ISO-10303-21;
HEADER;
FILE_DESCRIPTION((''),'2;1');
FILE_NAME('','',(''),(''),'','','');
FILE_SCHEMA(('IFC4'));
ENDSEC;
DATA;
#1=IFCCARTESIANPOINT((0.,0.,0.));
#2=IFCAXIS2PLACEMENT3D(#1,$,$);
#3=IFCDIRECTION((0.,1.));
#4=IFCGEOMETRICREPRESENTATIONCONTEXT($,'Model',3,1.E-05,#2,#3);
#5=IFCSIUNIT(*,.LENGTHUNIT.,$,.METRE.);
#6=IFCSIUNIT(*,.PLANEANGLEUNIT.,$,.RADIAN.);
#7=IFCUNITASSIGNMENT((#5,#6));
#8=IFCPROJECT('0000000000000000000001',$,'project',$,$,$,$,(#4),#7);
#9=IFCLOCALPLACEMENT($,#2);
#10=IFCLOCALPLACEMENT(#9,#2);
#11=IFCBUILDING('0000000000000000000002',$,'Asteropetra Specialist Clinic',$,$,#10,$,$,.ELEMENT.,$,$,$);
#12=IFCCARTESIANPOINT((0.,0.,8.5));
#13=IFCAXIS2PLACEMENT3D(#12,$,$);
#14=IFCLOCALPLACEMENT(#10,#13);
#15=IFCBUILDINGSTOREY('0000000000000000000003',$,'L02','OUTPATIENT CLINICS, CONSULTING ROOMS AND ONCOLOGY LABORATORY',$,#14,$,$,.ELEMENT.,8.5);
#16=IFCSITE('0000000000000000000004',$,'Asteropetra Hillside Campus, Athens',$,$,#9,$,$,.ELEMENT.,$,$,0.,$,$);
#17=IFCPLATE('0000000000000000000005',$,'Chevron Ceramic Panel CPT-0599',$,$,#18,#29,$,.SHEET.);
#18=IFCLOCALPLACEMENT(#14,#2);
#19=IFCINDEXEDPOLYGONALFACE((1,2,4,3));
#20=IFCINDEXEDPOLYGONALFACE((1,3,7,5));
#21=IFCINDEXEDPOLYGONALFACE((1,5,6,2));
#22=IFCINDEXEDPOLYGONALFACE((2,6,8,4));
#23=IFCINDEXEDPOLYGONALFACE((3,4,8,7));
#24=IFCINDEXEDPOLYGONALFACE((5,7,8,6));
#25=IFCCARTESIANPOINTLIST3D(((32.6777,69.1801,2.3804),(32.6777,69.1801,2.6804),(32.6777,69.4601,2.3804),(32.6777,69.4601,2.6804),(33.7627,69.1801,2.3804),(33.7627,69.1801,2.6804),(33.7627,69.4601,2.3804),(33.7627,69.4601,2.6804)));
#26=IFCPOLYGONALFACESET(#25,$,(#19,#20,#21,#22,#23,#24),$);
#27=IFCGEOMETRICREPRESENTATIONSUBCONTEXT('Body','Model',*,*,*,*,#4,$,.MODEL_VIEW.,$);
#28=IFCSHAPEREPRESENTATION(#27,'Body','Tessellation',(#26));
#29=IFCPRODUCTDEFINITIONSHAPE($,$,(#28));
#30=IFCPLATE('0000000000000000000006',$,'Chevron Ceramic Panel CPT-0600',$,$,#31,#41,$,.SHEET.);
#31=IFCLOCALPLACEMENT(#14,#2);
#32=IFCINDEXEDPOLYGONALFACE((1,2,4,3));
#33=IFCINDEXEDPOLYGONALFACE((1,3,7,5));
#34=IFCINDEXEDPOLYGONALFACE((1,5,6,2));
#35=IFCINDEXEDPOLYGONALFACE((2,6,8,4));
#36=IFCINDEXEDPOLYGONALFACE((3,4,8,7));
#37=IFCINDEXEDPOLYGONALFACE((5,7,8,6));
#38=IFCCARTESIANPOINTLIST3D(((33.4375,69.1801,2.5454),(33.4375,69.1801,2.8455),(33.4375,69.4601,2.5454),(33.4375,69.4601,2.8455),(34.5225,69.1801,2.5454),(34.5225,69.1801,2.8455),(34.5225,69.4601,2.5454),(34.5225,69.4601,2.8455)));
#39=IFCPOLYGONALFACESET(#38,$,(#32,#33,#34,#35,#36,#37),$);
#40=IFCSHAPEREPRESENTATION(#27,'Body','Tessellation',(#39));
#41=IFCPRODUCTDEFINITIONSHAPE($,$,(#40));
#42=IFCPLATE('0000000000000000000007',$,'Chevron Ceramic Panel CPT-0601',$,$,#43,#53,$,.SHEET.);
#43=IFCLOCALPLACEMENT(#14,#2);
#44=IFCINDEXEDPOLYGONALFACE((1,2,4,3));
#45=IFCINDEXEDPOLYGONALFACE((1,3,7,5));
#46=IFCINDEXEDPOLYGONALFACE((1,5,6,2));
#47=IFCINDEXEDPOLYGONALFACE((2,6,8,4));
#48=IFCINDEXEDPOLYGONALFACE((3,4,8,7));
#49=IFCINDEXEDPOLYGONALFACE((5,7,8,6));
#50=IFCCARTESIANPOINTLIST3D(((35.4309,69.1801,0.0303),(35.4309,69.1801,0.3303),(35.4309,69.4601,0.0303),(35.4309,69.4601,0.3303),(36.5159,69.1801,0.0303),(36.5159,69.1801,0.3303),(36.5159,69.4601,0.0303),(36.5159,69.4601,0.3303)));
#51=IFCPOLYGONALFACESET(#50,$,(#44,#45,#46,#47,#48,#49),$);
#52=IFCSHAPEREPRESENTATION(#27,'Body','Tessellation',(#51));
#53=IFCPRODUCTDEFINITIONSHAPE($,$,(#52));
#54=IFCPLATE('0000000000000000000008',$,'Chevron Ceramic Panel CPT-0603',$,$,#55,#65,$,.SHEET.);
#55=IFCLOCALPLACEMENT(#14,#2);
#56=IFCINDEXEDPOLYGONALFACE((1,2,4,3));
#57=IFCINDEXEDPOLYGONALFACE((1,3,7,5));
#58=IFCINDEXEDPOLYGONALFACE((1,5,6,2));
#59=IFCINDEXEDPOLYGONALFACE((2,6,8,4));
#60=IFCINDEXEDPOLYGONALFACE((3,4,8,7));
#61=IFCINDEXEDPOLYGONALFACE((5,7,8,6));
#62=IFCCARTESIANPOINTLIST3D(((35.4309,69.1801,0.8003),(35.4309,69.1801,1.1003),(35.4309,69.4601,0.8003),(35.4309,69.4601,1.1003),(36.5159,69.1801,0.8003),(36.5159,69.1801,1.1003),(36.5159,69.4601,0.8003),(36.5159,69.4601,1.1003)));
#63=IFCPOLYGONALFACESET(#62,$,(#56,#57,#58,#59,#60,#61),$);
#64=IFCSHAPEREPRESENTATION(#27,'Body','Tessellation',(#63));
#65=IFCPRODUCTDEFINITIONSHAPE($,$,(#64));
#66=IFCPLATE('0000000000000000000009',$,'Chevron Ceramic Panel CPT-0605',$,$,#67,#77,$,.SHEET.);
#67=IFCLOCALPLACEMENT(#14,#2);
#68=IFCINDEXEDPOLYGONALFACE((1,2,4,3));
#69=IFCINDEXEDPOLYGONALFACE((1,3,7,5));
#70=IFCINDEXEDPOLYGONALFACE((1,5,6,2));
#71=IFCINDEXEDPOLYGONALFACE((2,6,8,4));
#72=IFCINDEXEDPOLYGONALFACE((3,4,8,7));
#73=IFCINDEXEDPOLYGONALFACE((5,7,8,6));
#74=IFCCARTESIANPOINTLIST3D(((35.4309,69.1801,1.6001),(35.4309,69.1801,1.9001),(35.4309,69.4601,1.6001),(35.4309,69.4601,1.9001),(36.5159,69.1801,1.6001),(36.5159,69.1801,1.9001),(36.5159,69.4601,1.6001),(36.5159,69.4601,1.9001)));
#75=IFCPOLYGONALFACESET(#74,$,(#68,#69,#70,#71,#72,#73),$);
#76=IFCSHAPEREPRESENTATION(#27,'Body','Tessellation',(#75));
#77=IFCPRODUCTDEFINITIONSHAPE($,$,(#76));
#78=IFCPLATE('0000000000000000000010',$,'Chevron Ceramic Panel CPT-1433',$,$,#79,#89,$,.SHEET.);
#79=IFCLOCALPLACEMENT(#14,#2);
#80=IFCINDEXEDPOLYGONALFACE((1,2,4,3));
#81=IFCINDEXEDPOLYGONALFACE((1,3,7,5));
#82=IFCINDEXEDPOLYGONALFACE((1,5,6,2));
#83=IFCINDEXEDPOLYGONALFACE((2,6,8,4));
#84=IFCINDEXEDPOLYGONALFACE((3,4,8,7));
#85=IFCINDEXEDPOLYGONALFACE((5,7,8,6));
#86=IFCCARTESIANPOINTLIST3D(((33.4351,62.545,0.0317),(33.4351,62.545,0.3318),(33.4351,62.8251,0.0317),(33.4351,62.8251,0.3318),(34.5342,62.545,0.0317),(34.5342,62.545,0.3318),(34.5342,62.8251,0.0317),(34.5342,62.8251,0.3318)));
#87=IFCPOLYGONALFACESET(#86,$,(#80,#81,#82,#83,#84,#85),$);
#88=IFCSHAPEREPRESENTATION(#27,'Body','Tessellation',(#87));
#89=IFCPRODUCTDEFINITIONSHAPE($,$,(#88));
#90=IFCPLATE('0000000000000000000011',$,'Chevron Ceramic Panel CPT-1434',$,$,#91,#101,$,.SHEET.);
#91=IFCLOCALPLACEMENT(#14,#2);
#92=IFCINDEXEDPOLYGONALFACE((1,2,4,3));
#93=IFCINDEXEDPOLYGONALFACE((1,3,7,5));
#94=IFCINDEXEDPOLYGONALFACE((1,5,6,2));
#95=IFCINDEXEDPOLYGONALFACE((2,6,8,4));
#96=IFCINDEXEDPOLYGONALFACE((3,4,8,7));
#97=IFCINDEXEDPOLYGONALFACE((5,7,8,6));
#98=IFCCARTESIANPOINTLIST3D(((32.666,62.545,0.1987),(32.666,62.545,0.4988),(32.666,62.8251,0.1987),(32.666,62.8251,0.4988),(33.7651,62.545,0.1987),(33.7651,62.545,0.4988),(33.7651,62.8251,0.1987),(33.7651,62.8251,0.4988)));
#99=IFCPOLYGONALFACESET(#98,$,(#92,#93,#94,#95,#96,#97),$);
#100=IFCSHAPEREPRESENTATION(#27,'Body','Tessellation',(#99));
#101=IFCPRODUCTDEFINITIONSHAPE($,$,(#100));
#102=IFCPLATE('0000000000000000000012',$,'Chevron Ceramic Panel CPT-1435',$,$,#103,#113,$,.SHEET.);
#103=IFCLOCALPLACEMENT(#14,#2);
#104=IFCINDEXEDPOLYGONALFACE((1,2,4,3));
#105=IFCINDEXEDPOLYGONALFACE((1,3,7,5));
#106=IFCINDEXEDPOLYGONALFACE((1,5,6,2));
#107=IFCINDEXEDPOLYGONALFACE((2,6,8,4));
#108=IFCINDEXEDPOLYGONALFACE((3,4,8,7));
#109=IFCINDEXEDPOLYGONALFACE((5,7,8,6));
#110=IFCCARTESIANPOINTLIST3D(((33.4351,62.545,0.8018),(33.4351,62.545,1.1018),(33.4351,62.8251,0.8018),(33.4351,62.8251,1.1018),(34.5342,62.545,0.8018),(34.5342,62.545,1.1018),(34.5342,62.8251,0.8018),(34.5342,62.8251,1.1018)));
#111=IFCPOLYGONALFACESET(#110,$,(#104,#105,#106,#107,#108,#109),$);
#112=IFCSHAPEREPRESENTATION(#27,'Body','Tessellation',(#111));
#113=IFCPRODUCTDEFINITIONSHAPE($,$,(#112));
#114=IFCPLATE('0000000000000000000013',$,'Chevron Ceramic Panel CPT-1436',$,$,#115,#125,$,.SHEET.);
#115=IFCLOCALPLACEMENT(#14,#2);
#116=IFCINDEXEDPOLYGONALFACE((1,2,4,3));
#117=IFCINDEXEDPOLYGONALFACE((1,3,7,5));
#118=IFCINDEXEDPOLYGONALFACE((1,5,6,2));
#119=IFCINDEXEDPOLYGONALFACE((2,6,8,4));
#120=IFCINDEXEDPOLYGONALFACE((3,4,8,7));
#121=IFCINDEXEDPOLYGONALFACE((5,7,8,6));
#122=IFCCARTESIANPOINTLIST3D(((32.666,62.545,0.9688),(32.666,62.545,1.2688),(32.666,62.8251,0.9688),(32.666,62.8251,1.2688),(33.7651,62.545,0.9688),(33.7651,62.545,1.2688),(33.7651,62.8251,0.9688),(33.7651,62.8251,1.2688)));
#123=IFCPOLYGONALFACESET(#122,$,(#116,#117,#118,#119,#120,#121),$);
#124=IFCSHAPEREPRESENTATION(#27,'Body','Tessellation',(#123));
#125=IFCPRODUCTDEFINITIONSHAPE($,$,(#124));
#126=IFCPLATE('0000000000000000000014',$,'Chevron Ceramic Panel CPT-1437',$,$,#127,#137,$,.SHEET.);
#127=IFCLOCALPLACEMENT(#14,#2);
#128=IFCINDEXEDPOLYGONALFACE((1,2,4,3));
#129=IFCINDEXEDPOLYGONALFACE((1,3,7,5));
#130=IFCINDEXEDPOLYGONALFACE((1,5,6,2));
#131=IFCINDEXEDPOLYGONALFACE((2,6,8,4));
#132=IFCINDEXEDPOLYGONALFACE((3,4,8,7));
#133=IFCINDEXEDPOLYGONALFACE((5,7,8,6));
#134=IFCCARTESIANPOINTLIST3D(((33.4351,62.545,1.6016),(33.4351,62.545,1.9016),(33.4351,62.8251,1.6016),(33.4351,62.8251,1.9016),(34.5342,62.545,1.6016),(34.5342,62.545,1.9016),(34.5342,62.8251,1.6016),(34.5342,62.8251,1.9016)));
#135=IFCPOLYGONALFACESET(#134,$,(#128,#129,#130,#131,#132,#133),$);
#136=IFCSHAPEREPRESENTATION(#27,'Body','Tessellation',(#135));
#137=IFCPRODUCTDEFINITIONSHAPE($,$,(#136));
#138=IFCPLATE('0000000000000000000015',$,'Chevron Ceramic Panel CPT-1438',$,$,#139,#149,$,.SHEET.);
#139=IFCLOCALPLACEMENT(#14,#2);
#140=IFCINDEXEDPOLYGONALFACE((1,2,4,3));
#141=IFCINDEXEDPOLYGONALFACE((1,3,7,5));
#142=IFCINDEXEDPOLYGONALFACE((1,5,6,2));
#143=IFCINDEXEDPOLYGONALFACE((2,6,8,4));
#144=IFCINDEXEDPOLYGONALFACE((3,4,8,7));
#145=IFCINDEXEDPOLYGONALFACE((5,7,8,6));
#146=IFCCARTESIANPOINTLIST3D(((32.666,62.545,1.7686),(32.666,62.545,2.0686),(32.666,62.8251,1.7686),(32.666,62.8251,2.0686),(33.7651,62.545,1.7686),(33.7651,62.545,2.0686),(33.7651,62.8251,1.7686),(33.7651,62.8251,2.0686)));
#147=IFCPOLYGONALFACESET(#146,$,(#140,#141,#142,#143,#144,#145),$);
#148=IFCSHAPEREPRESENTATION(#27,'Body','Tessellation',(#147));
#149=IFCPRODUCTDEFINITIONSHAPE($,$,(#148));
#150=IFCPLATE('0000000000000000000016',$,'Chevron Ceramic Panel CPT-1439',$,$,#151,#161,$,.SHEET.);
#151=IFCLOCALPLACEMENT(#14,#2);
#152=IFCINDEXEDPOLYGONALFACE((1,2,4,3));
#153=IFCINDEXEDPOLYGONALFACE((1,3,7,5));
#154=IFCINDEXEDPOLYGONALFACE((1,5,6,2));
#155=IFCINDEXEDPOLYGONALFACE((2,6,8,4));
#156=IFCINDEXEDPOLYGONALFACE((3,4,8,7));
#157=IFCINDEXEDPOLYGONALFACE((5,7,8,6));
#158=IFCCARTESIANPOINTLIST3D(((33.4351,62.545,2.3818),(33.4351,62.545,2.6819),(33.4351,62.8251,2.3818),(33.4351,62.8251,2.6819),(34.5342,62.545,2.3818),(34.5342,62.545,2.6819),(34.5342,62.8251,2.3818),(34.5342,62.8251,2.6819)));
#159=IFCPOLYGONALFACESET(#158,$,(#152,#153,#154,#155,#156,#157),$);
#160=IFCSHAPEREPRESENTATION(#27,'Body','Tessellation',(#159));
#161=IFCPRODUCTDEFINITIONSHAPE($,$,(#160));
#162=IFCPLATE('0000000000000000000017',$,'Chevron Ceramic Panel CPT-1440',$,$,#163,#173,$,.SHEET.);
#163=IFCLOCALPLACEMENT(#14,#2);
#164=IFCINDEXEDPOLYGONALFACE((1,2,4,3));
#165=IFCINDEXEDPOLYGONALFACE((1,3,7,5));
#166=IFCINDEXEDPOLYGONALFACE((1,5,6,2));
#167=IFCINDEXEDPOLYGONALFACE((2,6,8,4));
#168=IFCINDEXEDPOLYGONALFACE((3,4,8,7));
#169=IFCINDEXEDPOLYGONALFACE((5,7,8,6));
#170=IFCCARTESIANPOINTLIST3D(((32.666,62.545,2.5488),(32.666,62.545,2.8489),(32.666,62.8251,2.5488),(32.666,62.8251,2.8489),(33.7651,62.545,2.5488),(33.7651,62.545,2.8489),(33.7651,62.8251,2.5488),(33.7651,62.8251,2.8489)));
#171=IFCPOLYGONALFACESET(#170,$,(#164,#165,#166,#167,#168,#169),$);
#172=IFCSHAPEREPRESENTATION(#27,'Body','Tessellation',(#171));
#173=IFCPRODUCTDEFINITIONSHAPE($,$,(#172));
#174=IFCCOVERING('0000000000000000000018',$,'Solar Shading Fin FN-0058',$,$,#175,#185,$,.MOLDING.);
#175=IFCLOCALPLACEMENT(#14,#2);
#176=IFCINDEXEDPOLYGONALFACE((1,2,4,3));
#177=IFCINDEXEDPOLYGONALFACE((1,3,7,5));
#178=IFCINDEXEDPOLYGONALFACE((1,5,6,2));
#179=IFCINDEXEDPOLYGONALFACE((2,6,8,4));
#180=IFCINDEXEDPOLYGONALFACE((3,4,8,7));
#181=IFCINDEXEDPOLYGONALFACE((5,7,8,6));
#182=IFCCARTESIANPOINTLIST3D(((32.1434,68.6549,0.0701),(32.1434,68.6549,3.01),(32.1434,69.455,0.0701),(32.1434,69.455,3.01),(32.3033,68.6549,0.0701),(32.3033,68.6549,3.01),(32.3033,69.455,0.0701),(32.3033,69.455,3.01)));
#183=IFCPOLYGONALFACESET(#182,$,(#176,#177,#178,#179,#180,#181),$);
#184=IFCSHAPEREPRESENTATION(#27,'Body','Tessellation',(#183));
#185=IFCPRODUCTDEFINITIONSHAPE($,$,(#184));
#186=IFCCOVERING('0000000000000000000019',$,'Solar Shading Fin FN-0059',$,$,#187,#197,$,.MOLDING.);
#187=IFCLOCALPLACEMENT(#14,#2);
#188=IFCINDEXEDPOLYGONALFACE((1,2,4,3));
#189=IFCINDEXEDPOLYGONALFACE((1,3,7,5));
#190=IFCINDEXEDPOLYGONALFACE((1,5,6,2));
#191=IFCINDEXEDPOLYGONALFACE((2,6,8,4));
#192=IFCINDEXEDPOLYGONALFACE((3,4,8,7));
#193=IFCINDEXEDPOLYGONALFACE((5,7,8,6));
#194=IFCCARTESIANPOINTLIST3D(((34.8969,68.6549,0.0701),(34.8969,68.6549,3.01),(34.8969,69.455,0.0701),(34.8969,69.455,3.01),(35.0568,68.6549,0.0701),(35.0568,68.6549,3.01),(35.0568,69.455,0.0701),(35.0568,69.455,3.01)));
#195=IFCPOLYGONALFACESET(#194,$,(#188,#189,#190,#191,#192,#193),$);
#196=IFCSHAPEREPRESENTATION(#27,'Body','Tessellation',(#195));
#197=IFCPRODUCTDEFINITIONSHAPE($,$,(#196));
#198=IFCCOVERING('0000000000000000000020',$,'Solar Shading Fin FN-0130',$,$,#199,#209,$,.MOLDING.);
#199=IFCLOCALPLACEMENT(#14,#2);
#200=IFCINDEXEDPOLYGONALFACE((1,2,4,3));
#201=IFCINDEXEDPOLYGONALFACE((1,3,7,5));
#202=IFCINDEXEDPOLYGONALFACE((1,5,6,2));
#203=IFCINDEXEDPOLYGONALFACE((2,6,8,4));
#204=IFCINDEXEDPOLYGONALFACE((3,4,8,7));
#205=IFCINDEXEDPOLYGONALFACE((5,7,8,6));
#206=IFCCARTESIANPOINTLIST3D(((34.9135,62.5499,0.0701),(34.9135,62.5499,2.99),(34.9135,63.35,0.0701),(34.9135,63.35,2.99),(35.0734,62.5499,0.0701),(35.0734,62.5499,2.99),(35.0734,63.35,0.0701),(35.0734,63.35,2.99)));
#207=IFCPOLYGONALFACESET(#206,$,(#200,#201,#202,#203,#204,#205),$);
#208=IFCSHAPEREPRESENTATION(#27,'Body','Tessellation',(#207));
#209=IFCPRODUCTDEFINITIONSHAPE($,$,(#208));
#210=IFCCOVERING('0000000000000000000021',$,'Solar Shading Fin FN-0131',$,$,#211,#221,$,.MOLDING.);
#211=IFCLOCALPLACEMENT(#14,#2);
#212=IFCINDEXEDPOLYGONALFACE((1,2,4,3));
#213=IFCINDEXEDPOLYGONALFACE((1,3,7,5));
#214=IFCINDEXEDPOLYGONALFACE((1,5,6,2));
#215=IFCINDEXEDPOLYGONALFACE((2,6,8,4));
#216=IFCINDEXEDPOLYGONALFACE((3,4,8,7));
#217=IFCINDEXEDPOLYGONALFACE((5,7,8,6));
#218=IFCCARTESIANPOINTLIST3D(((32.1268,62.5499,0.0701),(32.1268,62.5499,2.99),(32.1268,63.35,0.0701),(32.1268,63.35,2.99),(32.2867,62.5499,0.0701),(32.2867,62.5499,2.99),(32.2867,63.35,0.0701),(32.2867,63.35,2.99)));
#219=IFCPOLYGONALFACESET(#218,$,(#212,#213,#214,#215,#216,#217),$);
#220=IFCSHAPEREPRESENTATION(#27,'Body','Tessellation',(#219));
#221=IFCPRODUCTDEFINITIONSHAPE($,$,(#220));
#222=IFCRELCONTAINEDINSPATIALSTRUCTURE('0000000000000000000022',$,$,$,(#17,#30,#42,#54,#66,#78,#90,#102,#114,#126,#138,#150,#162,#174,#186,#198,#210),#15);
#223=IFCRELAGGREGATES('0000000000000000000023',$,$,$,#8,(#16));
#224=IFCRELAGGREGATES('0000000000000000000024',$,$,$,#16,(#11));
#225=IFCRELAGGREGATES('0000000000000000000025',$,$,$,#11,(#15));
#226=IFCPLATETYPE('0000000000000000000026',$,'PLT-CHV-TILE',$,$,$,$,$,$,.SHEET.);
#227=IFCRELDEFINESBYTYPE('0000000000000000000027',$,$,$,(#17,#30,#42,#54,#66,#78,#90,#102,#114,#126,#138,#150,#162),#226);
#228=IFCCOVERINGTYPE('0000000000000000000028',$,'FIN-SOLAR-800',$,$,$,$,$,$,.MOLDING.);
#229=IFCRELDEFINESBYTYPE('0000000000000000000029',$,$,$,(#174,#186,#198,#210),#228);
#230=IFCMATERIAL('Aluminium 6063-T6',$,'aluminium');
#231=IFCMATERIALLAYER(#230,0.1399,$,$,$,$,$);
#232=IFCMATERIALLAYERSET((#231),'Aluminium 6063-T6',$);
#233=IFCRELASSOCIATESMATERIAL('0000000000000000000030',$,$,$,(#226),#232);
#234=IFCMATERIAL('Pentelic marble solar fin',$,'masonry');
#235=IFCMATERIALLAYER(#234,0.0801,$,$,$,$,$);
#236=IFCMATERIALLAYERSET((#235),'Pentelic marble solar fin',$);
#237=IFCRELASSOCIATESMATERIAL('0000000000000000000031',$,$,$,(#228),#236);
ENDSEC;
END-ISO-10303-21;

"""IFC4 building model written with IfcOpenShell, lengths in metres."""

from ifc_helpers import new_model, si_unit, direction, frame, origin, origin_2d, place, context, subcontext, project, spatial, rectangle, extrude, material, layer, layer_set, type_object, element, save


model = new_model("IFC4")

# Units and contexts
model_context = context("Model", 3, precision=1e-05, world=origin(), true_north=direction((0.0, 1.0)))
body_context = subcontext(model_context, "Body", "Model", "MODEL_VIEW")
ifc_project = project(units=[si_unit("LENGTHUNIT", "METRE"), si_unit("PLANEANGLEUNIT", "RADIAN")], contexts=[model_context])

# Site, building, storey
site_placement = place(None, origin())
site = spatial("IfcSite", under=ifc_project, at=site_placement, Name="Asteropetra Hillside Campus, Athens", CompositionType="ELEMENT", RefElevation=0.0)
building_placement = place(site_placement, origin())
building = spatial("IfcBuilding", under=site, at=building_placement, Name="Asteropetra Specialist Clinic", CompositionType="ELEMENT")
storey_placement = place(building_placement, frame((0.0, 0.0, 8.5)))
storey = spatial("IfcBuildingStorey", under=building, at=storey_placement, Name="L02", Description="OUTPATIENT CLINICS, CONSULTING ROOMS AND ONCOLOGY LABORATORY", CompositionType="ELEMENT", Elevation=8.5)

# Plates
ifc_material_1 = material(Name="Aluminium 6063-T6", Category="aluminium")
ifc_layer_1 = layer(ifc_material_1, 0.1399)
ifc_layer_set_1 = layer_set([ifc_layer_1], Name="Aluminium 6063-T6")
plate_type_1 = type_object("IfcPlateType", Name="PLT-CHV-TILE", PredefinedType="SHEET", material=ifc_layer_set_1)
for number, where, z_axis, x_axis, name in (
    (1, (33.2202, 69.3201, 2.3804), (0.0, 0.0, 1.0), (1.0, 0.0, 0.0), "Chevron Ceramic Panel CPT-0599"),
    (2, (33.98, 69.3201, 2.5454), (0.0, 0.0, 1.0), (1.0, 0.0, 0.0), "Chevron Ceramic Panel CPT-0600"),
    (3, (35.9734, 69.3201, 0.0303), (0.0, 0.0, 1.0), (1.0, 0.0, 0.0), "Chevron Ceramic Panel CPT-0601"),
    (4, (35.9734, 69.3201, 0.8003), (0.0, 0.0, 1.0), (1.0, 0.0, 0.0), "Chevron Ceramic Panel CPT-0603"),
    (5, (35.9734, 69.3201, 1.6001), (0.0, 0.0, 1.0), (1.0, 0.0, 0.0), "Chevron Ceramic Panel CPT-0605"),
):
    element("IfcPlate", number, at=place(storey_placement, frame(where, z_axis=z_axis, x_axis=x_axis)), inside=storey, type_object=plate_type_1, Name=name, PredefinedType="SHEET", context=body_context, shape_type="SweptSolid", body=[
        extrude(rectangle(XDim=1.085, YDim=0.28, at=origin_2d()), origin(), (0.0, 0.0, 1.0), 0.3),
    ])
for number, where, z_axis, x_axis, name in (
    (6, (33.9846, 62.6851, 0.0317), (0.0, 0.0, 1.0), (1.0, 0.0, 0.0), "Chevron Ceramic Panel CPT-1433"),
    (7, (33.2156, 62.6851, 0.1987), (0.0, 0.0, 1.0), (1.0, 0.0, 0.0), "Chevron Ceramic Panel CPT-1434"),
    (8, (33.9846, 62.6851, 0.8018), (0.0, 0.0, 1.0), (1.0, 0.0, 0.0), "Chevron Ceramic Panel CPT-1435"),
    (9, (33.2156, 62.6851, 0.9688), (0.0, 0.0, 1.0), (1.0, 0.0, 0.0), "Chevron Ceramic Panel CPT-1436"),
    (10, (33.9846, 62.6851, 1.6016), (0.0, 0.0, 1.0), (1.0, 0.0, 0.0), "Chevron Ceramic Panel CPT-1437"),
    (11, (33.2156, 62.6851, 1.7686), (0.0, 0.0, 1.0), (1.0, 0.0, 0.0), "Chevron Ceramic Panel CPT-1438"),
    (12, (33.9846, 62.6851, 2.3818), (0.0, 0.0, 1.0), (1.0, 0.0, 0.0), "Chevron Ceramic Panel CPT-1439"),
    (13, (33.2156, 62.6851, 2.5488), (0.0, 0.0, 1.0), (1.0, 0.0, 0.0), "Chevron Ceramic Panel CPT-1440"),
):
    element("IfcPlate", number, at=place(storey_placement, frame(where, z_axis=z_axis, x_axis=x_axis)), inside=storey, type_object=plate_type_1, Name=name, PredefinedType="SHEET", context=body_context, shape_type="SweptSolid", body=[
        extrude(rectangle(XDim=1.0991, YDim=0.28, at=origin_2d()), origin(), (0.0, 0.0, 1.0), 0.3),
    ])

# Coverings
ifc_material_2 = material(Name="Pentelic marble solar fin", Category="masonry")
ifc_layer_2 = layer(ifc_material_2, 0.0801)
ifc_layer_set_2 = layer_set([ifc_layer_2], Name="Pentelic marble solar fin")
covering_type = type_object("IfcCoveringType", Name="FIN-SOLAR-800", PredefinedType="MOLDING", material=ifc_layer_set_2)
for number, where, z_axis, x_axis, name in (
    (14, (32.2234, 69.0549, 0.0701), (0.0, 0.0, 1.0), (1.0, 0.0, 0.0), "Solar Shading Fin FN-0058"),
    (15, (34.9768, 69.0549, 0.0701), (0.0, 0.0, 1.0), (1.0, 0.0, 0.0), "Solar Shading Fin FN-0059"),
):
    element("IfcCovering", number, at=place(storey_placement, frame(where, z_axis=z_axis, x_axis=x_axis)), inside=storey, type_object=covering_type, Name=name, PredefinedType="MOLDING", context=body_context, shape_type="SweptSolid", body=[
        extrude(rectangle(XDim=0.1599, YDim=0.8, at=origin_2d()), origin(), (0.0, 0.0, 1.0), 2.9399),
    ])
for number, where, z_axis, x_axis, name in (
    (16, (34.9934, 62.95, 0.0701), (0.0, 0.0, 1.0), (1.0, 0.0, 0.0), "Solar Shading Fin FN-0130"),
    (17, (32.2068, 62.95, 0.0701), (0.0, 0.0, 1.0), (1.0, 0.0, 0.0), "Solar Shading Fin FN-0131"),
):
    element("IfcCovering", number, at=place(storey_placement, frame(where, z_axis=z_axis, x_axis=x_axis)), inside=storey, type_object=covering_type, Name=name, PredefinedType="MOLDING", context=body_context, shape_type="SweptSolid", body=[
        extrude(rectangle(XDim=0.1599, YDim=0.8, at=origin_2d()), origin(), (0.0, 0.0, 1.0), 2.9199),
    ])

save(model, "model.ifc")
